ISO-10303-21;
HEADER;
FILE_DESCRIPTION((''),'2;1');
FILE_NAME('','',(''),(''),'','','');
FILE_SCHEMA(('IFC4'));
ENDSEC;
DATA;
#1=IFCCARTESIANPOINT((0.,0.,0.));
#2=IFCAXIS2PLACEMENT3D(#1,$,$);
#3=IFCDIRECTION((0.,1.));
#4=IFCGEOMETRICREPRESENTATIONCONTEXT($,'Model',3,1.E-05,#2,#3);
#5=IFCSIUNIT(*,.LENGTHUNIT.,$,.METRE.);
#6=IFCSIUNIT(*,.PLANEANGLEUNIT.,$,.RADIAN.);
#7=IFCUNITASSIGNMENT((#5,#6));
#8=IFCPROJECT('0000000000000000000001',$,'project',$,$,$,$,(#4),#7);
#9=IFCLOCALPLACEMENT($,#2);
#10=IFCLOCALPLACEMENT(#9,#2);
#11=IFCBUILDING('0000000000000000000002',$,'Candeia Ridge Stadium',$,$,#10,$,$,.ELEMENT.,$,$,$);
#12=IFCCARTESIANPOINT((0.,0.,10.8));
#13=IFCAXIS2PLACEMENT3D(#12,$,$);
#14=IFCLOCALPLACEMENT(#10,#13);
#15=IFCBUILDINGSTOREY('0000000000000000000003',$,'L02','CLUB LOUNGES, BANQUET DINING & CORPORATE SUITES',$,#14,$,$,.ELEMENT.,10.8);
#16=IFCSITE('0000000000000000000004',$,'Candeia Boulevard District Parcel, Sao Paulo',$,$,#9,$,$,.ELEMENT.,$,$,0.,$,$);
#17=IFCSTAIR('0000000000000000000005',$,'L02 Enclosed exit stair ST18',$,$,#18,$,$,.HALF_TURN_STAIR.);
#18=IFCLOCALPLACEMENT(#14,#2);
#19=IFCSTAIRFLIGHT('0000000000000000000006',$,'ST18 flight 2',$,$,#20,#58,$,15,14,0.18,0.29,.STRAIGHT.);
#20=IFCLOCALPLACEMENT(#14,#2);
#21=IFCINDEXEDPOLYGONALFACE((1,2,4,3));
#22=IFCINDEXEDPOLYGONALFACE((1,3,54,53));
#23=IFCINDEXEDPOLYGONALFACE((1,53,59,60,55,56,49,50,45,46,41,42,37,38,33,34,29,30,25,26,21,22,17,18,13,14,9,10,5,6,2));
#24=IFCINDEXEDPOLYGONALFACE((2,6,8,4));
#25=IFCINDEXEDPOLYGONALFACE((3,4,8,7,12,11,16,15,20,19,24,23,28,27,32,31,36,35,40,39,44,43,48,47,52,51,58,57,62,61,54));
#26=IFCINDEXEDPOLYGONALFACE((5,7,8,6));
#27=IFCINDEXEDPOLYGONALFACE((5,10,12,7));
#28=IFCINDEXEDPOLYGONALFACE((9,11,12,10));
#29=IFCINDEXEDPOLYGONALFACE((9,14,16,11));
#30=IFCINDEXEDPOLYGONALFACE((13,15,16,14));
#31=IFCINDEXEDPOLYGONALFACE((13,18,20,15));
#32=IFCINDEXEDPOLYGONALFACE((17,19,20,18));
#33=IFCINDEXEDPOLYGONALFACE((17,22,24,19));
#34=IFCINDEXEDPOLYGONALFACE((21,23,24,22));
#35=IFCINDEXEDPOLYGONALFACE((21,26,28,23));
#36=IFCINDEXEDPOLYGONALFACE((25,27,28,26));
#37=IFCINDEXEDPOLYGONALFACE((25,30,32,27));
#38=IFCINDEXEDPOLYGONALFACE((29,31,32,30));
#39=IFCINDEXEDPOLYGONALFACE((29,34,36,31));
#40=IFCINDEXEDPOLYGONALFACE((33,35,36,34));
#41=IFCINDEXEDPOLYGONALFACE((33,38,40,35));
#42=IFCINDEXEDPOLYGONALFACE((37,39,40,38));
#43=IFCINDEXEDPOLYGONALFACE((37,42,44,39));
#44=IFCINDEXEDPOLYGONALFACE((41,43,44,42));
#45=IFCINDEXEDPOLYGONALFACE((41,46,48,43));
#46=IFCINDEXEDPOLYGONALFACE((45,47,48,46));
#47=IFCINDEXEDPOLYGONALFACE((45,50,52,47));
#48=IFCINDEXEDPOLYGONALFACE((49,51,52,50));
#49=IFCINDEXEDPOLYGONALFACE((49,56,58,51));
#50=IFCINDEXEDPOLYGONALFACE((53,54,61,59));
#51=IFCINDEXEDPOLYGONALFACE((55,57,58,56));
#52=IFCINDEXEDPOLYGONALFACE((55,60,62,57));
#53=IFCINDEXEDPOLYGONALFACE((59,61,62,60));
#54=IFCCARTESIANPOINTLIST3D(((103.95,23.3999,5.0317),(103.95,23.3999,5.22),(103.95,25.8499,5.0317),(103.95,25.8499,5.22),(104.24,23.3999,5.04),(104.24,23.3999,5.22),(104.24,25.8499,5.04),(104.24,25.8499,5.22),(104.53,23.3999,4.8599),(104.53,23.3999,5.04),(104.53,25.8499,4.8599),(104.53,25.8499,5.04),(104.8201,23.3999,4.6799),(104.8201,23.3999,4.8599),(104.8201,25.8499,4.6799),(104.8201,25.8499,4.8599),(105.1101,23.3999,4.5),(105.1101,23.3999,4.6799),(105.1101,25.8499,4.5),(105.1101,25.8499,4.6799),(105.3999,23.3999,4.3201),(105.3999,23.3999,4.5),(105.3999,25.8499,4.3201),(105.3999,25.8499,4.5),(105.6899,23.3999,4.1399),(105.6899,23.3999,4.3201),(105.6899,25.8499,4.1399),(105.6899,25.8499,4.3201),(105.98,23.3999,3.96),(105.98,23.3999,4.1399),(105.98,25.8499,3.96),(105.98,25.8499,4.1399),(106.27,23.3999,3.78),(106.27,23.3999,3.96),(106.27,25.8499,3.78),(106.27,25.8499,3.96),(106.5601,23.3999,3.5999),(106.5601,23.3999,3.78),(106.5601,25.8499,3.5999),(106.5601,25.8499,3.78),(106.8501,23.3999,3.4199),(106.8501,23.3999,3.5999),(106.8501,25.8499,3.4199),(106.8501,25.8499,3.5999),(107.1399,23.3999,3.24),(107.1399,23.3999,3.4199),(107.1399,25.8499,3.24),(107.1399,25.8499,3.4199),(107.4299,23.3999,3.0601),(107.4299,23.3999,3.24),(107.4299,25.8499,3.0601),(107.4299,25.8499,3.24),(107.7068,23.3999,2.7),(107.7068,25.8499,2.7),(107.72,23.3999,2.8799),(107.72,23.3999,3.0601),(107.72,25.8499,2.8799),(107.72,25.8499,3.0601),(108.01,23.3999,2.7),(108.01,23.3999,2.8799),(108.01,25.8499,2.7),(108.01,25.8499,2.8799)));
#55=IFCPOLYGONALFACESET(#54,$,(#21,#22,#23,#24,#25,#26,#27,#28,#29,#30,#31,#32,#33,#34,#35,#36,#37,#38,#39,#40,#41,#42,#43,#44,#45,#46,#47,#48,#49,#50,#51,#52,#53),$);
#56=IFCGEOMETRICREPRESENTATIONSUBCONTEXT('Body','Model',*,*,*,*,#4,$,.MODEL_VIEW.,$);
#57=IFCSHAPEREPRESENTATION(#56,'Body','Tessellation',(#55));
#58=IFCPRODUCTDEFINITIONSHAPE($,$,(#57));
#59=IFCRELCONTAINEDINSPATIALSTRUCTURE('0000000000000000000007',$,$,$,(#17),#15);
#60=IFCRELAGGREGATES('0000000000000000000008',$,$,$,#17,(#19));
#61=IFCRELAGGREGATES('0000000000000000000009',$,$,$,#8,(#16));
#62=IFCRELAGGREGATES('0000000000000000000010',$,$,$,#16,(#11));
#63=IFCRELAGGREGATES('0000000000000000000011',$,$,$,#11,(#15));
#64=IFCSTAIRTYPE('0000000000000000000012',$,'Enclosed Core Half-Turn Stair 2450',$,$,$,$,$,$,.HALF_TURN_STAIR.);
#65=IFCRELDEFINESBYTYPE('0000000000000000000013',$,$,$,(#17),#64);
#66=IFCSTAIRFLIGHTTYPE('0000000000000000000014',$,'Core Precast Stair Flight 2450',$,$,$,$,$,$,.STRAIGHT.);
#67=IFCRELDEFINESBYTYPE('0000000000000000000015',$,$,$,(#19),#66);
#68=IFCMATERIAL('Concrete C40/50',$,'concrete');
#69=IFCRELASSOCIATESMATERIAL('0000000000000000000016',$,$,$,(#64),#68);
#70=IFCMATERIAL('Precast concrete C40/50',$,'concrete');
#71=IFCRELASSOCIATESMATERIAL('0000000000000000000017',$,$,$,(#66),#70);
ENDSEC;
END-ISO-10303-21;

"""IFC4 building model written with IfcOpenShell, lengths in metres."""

from ifc_helpers import new_model, si_unit, direction, frame, origin, place, context, subcontext, project, spatial, polyline, outline, extrude, material, type_object, element, aggregate, save


model = new_model("IFC4")

# Units and contexts
model_context = context("Model", 3, precision=1e-05, world=origin(), true_north=direction((0.0, 1.0)))
body_context = subcontext(model_context, "Body", "Model", "MODEL_VIEW")
ifc_project = project(units=[si_unit("LENGTHUNIT", "METRE"), si_unit("PLANEANGLEUNIT", "RADIAN")], contexts=[model_context])

# Site, building, storey
site_placement = place(None, origin())
site = spatial("IfcSite", under=ifc_project, at=site_placement, Name="Candeia Boulevard District Parcel, Sao Paulo", CompositionType="ELEMENT", RefElevation=0.0)
building_placement = place(site_placement, origin())
building = spatial("IfcBuilding", under=site, at=building_placement, Name="Candeia Ridge Stadium", CompositionType="ELEMENT")
storey_placement = place(building_placement, frame((0.0, 0.0, 10.8)))
storey = spatial("IfcBuildingStorey", under=building, at=storey_placement, Name="L02", Description="CLUB LOUNGES, BANQUET DINING & CORPORATE SUITES", CompositionType="ELEMENT", Elevation=10.8)

# Shared definitions
ifc_material_1 = material(Name="Concrete C40/50", Category="concrete")

# Stair, stair flight
stair_type = type_object("IfcStairType", Name="Enclosed Core Half-Turn Stair 2450", PredefinedType="HALF_TURN_STAIR", material=ifc_material_1)
stair_placement = place(storey_placement, origin())
stair = element("IfcStair", 1, at=stair_placement, inside=storey, type_object=stair_type, Name="L02 Enclosed exit stair ST18", PredefinedType="HALF_TURN_STAIR")
ifc_material_2 = material(Name="Precast concrete C40/50", Category="concrete")
stair_flight_type = type_object("IfcStairFlightType", Name="Core Precast Stair Flight 2450", PredefinedType="STRAIGHT", material=ifc_material_2)
stair_flight_placement = place(storey_placement, frame((108.01, 24.625, 2.7), z_axis=(0.0, 0.0, 1.0), x_axis=(-1.0, 0.0, 0.0)))
stair_flight = element("IfcStairFlight", 2, at=stair_flight_placement, type_object=stair_flight_type, Name="ST18 flight 2", NumberOfRisers=15, NumberOfTreads=14, PredefinedType="STRAIGHT", RiserHeight=0.18, TreadLength=0.29, context=body_context, shape_type="SweptSolid", body=[
    extrude(outline(polyline([(0.0, 0.0), (0.0, 0.1799), (0.29, 0.1799), (0.29, 0.3601), (0.5801, 0.3601), (0.5801, 0.54), (0.8701, 0.54), (0.8701, 0.72), (1.1599, 0.72), (1.1599, 0.8999), (1.45, 0.8999), (1.45, 1.0801), (1.74, 1.0801), (1.74, 1.26), (2.03, 1.26), (2.03, 1.4399), (2.3201, 1.4399), (2.3201, 1.6201), (2.6101, 1.6201), (2.6101, 1.8), (2.8999, 1.8), (2.8999, 1.98), (3.1899, 1.98), (3.1899, 2.1599), (3.48, 2.1599), (3.48, 2.3401), (3.77, 2.3401), (3.77, 2.52), (4.0601, 2.52), (4.0601, 2.7), (4.0601, 2.3318), (0.3032, 0.0), (0.0, 0.0)])), frame((0.0, 1.2251, 0.0), z_axis=(0.0, -1.0, 0.0), x_axis=(1.0, 0.0, 0.0)), (0.0, 0.0, 1.0), 2.45),
])
aggregate(stair, [stair_flight])

save(model, "model.ifc")
